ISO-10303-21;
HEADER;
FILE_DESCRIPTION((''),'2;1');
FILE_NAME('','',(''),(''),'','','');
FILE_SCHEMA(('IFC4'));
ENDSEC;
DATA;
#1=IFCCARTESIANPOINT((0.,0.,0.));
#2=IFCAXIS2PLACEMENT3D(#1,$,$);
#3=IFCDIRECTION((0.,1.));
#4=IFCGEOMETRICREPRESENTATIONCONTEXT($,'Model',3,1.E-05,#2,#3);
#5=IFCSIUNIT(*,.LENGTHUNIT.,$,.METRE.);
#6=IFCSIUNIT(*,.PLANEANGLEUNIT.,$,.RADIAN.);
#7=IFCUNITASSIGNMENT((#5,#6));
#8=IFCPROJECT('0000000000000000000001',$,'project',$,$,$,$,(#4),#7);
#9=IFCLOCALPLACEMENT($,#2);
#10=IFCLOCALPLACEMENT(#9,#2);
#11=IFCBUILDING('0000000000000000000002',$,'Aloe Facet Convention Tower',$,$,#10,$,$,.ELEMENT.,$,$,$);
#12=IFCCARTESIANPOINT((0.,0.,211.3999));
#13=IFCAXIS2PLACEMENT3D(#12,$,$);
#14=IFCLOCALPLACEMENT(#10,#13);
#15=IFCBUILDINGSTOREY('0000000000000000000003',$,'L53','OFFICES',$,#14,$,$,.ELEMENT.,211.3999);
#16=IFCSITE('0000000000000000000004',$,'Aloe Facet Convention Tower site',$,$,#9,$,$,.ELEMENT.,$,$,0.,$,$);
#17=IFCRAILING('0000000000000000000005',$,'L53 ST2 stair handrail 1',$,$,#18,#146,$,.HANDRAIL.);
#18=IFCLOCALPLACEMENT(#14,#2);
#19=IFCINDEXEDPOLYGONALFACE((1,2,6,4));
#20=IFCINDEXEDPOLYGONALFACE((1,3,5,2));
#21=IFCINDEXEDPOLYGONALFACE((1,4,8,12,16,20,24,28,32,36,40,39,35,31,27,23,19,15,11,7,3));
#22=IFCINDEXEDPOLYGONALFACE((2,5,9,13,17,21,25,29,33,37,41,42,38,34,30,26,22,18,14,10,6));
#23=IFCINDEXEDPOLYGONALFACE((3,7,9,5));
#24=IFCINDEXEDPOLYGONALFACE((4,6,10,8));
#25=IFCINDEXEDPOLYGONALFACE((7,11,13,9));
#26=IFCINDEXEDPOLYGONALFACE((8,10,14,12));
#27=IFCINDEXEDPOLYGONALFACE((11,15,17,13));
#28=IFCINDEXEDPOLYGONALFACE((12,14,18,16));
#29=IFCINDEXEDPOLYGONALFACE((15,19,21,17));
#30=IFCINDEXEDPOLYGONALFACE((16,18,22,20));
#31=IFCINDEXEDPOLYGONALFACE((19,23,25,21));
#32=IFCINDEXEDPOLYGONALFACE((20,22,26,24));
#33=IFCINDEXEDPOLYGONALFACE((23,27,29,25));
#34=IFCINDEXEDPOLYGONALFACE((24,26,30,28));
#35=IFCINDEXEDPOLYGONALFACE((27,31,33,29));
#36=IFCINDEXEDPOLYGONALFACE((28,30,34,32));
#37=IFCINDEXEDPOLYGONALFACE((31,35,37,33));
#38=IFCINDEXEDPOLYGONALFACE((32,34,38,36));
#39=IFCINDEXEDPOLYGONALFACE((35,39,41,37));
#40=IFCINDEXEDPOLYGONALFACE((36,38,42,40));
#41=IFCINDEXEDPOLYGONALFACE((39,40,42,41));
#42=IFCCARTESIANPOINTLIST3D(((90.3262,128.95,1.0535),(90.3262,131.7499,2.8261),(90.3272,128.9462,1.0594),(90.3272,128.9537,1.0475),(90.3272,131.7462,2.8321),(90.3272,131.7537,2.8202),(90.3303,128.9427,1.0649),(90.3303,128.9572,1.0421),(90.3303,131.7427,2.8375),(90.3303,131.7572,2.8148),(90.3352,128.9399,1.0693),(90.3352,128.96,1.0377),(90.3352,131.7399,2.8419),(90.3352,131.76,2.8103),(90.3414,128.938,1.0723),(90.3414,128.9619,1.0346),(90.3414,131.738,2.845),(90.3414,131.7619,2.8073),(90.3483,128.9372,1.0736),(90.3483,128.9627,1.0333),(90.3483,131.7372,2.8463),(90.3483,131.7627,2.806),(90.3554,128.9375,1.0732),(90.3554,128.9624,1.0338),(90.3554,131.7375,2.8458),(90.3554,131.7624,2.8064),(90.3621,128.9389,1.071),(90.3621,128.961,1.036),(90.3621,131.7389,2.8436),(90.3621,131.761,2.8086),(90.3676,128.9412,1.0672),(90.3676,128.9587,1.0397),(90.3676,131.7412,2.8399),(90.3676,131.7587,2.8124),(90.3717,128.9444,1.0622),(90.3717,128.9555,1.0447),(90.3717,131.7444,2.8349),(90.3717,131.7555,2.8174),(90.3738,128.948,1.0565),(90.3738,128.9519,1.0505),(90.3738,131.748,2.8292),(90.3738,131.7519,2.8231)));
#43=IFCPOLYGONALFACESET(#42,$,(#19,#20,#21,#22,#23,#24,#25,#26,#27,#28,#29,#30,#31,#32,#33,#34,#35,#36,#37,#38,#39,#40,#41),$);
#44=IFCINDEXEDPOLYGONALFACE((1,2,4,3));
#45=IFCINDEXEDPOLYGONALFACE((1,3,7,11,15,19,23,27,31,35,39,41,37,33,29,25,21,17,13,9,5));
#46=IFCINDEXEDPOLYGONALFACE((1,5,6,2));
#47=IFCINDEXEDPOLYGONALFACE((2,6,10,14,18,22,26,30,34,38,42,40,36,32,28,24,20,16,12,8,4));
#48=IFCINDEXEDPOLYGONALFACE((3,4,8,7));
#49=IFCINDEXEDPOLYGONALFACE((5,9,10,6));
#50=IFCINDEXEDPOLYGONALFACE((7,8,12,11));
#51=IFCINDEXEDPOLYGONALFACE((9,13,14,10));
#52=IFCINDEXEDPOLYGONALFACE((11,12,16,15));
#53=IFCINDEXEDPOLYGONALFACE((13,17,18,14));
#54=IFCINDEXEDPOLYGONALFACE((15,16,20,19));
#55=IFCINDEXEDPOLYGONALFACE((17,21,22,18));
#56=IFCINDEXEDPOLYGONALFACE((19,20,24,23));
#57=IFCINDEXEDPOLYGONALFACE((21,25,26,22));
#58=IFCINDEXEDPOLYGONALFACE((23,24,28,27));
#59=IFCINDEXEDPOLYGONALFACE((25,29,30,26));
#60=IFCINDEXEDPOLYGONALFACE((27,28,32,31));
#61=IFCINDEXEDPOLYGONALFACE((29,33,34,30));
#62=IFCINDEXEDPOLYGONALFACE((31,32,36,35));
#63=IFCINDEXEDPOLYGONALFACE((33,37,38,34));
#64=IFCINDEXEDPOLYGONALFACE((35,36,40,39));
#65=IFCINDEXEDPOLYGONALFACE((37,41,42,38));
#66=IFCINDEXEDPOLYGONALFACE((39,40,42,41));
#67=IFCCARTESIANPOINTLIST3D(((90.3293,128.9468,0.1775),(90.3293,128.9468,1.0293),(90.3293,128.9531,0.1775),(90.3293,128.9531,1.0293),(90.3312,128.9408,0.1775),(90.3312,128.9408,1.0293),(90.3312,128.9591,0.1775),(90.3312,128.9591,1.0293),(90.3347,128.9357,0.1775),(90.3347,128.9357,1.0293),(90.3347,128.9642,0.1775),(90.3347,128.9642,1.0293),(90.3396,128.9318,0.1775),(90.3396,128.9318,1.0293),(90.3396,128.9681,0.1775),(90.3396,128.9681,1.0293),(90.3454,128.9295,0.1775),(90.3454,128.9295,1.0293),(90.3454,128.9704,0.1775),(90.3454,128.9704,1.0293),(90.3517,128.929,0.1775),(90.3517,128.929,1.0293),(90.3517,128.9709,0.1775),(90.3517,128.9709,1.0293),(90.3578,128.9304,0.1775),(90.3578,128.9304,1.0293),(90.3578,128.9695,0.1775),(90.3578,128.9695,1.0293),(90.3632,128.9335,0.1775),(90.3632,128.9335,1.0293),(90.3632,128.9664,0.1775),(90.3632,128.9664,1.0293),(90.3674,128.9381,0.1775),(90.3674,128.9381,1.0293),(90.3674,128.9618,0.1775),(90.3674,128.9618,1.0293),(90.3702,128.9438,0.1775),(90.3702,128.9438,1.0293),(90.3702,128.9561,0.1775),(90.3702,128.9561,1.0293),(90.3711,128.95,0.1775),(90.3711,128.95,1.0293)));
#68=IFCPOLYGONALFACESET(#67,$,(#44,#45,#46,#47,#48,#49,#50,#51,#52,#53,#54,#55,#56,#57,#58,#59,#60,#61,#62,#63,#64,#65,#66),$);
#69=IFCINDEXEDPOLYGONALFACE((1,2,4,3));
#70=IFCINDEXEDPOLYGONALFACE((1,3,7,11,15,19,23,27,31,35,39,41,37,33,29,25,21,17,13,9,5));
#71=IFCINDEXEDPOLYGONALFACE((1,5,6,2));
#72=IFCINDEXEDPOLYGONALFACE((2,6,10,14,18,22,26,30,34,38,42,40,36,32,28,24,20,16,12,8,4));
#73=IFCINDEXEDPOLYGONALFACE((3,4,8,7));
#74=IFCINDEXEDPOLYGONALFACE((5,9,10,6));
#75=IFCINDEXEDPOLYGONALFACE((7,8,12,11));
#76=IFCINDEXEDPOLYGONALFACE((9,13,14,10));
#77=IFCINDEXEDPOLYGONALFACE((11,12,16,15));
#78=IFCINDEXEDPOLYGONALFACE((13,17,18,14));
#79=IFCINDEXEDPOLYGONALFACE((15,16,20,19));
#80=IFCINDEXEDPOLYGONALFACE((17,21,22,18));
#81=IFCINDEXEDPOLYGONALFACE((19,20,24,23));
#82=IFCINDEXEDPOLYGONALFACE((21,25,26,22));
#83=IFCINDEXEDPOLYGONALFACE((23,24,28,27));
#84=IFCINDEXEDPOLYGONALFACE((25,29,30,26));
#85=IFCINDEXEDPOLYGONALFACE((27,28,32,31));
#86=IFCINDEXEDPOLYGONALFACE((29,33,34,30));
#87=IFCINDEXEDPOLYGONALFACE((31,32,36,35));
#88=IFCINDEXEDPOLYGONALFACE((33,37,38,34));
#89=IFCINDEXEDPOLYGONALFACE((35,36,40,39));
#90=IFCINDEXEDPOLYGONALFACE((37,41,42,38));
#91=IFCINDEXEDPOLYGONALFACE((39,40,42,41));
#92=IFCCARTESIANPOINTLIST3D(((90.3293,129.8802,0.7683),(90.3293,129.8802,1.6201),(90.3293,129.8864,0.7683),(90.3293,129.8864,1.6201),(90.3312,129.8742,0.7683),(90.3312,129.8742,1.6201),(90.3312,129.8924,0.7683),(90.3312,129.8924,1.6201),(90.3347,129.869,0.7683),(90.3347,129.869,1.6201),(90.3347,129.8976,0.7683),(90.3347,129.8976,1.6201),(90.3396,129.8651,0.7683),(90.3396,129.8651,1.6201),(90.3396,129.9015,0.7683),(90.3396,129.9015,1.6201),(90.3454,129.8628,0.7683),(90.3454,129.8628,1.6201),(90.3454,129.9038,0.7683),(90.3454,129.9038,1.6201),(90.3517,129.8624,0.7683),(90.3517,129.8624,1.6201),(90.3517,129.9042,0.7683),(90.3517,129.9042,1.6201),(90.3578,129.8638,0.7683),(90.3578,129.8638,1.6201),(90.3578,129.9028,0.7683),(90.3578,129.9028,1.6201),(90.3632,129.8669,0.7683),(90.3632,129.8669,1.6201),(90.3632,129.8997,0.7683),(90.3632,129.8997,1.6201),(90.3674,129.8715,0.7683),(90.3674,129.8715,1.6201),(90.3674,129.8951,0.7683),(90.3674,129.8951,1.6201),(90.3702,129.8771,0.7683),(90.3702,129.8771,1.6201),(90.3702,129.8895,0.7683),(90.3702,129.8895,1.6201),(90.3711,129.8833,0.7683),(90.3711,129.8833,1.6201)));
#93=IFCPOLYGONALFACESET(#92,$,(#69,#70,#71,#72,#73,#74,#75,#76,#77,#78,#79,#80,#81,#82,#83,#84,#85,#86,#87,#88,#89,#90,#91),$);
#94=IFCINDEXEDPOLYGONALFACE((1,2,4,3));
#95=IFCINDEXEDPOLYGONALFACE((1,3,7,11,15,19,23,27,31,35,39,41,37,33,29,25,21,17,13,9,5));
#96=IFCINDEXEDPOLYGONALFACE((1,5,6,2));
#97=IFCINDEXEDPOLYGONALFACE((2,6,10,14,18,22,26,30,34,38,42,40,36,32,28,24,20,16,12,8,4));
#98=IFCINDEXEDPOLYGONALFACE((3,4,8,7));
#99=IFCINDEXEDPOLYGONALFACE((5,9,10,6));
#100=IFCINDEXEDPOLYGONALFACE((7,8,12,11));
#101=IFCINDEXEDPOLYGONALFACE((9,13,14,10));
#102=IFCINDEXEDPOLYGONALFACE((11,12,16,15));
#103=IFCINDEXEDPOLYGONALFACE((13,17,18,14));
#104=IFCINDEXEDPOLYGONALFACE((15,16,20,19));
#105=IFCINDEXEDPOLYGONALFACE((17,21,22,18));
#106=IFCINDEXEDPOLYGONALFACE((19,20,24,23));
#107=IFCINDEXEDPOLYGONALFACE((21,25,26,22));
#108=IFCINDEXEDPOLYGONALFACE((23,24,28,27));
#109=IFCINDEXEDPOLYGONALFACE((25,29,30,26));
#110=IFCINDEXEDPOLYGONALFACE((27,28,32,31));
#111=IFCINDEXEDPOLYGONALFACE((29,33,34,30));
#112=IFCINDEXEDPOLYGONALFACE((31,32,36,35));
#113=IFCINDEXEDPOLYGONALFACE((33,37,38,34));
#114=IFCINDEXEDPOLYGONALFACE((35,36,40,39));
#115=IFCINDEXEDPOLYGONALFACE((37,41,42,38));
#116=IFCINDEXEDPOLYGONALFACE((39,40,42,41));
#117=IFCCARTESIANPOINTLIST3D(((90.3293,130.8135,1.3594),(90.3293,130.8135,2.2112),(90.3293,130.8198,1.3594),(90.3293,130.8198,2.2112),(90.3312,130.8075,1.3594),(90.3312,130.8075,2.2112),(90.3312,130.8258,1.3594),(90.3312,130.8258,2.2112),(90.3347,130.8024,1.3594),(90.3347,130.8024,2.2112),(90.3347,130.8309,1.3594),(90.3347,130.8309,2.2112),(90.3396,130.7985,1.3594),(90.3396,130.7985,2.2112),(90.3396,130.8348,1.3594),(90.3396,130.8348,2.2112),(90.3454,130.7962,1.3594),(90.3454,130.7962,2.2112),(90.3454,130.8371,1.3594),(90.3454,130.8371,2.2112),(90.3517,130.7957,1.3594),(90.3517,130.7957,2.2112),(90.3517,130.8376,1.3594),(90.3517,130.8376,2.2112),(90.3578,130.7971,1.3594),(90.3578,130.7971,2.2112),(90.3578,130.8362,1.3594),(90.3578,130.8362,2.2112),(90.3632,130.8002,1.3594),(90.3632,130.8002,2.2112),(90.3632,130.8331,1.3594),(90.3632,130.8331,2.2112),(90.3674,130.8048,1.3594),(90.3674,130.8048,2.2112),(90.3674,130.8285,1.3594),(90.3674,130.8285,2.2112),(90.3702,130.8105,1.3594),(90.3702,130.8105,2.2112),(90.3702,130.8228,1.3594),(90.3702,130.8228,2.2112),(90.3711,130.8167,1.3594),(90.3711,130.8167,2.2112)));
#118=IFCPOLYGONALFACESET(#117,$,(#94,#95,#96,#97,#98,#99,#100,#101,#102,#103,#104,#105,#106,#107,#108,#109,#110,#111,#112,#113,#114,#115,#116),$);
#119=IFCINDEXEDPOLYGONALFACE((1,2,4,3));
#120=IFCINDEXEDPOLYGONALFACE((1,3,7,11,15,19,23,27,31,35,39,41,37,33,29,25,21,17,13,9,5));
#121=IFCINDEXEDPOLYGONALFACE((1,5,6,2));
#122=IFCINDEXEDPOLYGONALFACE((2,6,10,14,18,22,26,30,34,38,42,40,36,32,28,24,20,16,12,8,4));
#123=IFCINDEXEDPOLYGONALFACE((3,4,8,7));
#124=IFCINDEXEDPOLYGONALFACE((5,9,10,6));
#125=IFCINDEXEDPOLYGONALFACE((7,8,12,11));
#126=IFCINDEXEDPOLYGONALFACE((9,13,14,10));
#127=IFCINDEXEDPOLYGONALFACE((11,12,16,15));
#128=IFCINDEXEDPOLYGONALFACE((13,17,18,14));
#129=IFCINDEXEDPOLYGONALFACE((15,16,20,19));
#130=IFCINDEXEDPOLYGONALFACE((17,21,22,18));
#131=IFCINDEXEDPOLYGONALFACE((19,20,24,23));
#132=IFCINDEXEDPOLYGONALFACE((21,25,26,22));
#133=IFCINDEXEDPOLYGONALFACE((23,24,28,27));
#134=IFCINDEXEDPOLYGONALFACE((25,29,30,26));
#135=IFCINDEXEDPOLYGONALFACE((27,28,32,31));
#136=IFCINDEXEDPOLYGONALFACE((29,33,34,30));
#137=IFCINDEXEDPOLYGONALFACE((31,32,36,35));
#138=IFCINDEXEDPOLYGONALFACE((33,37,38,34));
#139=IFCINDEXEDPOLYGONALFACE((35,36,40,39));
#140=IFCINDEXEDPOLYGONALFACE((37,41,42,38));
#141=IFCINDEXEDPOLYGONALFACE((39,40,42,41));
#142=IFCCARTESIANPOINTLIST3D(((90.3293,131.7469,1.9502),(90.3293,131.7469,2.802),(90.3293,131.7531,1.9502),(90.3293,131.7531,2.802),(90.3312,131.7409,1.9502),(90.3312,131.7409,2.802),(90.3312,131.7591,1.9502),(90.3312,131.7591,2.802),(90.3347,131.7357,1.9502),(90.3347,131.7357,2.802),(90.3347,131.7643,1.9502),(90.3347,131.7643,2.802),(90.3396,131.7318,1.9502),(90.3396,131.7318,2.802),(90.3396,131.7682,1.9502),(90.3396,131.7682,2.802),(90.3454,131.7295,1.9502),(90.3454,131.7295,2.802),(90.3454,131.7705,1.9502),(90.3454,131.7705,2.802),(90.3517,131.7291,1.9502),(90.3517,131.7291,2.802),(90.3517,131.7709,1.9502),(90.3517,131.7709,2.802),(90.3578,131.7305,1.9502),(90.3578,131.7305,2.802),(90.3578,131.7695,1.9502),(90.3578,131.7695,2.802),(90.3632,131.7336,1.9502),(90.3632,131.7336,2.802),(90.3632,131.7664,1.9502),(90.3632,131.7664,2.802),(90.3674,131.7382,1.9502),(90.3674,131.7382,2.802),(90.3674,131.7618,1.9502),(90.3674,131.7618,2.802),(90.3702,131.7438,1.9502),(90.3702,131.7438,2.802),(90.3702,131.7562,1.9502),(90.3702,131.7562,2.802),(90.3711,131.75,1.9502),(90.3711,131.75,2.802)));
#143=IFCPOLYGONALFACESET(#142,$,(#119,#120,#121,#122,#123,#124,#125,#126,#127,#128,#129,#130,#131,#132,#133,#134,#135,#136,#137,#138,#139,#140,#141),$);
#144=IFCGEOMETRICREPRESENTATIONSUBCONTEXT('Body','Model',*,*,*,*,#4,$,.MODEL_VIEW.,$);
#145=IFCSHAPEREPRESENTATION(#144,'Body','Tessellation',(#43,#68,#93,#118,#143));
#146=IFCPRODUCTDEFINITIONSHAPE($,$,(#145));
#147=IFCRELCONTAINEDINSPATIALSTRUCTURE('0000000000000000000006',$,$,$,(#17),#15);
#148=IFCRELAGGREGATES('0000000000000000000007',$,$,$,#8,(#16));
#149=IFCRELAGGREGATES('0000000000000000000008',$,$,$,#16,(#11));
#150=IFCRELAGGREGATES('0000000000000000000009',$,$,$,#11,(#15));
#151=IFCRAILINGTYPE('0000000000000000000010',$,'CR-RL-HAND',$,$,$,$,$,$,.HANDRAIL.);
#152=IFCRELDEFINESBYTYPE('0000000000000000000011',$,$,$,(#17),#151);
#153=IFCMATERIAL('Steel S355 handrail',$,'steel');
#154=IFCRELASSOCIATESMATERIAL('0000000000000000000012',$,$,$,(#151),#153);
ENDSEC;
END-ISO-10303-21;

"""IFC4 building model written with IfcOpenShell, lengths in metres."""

from ifc_helpers import new_model, si_unit, direction, frame, origin, origin_2d, place, context, subcontext, project, spatial, circle, extrude, material, type_object, element, save


model = new_model("IFC4")

# Units and contexts
model_context = context("Model", 3, precision=1e-05, world=origin(), true_north=direction((0.0, 1.0)))
body_context = subcontext(model_context, "Body", "Model", "MODEL_VIEW")
ifc_project = project(units=[si_unit("LENGTHUNIT", "METRE"), si_unit("PLANEANGLEUNIT", "RADIAN")], contexts=[model_context])

# Site, building, storey
site_placement = place(None, origin())
site = spatial("IfcSite", under=ifc_project, at=site_placement, Name="Aloe Facet Convention Tower site", CompositionType="ELEMENT", RefElevation=0.0)
building_placement = place(site_placement, origin())
building = spatial("IfcBuilding", under=site, at=building_placement, Name="Aloe Facet Convention Tower", CompositionType="ELEMENT")
storey_placement = place(building_placement, frame((0.0, 0.0, 211.3999)))
storey = spatial("IfcBuildingStorey", under=building, at=storey_placement, Name="L53", Description="OFFICES", CompositionType="ELEMENT", Elevation=211.3999)

# Railing
ifc_material_1 = material(Name="Steel S355 handrail", Category="steel")
railing_type = type_object("IfcRailingType", Name="CR-RL-HAND", PredefinedType="HANDRAIL", material=ifc_material_1)
railing_placement = place(storey_placement, frame((90.3501, 128.95, 0.1775)))
element("IfcRailing", 1, at=railing_placement, inside=storey, type_object=railing_type, Name="L53 ST2 stair handrail 1", PredefinedType="HANDRAIL", context=body_context, shape_type="SweptSolid", body=[
    extrude(circle(Radius=0.0239, at=origin_2d()), frame((0.0, 0.0, 0.876), z_axis=(0.0, 0.844909, 0.53491), x_axis=(-1.0, 0.0, 0.0)), (0.0, 0.0, 1.0), 3.314),
    extrude(circle(Radius=0.021, at=origin_2d()), origin(), (0.0, 0.0, 1.0), 0.8518),
    extrude(circle(Radius=0.021, at=origin_2d()), frame((0.0, 0.9333, 0.5908)), (0.0, 0.0, 1.0), 0.8518),
    extrude(circle(Radius=0.021, at=origin_2d()), frame((0.0, 1.8667, 1.1819)), (0.0, 0.0, 1.0), 0.8518),
    extrude(circle(Radius=0.021, at=origin_2d()), frame((0.0, 2.8, 1.7727)), (0.0, 0.0, 1.0), 0.8518),
])

save(model, "model.ifc")
